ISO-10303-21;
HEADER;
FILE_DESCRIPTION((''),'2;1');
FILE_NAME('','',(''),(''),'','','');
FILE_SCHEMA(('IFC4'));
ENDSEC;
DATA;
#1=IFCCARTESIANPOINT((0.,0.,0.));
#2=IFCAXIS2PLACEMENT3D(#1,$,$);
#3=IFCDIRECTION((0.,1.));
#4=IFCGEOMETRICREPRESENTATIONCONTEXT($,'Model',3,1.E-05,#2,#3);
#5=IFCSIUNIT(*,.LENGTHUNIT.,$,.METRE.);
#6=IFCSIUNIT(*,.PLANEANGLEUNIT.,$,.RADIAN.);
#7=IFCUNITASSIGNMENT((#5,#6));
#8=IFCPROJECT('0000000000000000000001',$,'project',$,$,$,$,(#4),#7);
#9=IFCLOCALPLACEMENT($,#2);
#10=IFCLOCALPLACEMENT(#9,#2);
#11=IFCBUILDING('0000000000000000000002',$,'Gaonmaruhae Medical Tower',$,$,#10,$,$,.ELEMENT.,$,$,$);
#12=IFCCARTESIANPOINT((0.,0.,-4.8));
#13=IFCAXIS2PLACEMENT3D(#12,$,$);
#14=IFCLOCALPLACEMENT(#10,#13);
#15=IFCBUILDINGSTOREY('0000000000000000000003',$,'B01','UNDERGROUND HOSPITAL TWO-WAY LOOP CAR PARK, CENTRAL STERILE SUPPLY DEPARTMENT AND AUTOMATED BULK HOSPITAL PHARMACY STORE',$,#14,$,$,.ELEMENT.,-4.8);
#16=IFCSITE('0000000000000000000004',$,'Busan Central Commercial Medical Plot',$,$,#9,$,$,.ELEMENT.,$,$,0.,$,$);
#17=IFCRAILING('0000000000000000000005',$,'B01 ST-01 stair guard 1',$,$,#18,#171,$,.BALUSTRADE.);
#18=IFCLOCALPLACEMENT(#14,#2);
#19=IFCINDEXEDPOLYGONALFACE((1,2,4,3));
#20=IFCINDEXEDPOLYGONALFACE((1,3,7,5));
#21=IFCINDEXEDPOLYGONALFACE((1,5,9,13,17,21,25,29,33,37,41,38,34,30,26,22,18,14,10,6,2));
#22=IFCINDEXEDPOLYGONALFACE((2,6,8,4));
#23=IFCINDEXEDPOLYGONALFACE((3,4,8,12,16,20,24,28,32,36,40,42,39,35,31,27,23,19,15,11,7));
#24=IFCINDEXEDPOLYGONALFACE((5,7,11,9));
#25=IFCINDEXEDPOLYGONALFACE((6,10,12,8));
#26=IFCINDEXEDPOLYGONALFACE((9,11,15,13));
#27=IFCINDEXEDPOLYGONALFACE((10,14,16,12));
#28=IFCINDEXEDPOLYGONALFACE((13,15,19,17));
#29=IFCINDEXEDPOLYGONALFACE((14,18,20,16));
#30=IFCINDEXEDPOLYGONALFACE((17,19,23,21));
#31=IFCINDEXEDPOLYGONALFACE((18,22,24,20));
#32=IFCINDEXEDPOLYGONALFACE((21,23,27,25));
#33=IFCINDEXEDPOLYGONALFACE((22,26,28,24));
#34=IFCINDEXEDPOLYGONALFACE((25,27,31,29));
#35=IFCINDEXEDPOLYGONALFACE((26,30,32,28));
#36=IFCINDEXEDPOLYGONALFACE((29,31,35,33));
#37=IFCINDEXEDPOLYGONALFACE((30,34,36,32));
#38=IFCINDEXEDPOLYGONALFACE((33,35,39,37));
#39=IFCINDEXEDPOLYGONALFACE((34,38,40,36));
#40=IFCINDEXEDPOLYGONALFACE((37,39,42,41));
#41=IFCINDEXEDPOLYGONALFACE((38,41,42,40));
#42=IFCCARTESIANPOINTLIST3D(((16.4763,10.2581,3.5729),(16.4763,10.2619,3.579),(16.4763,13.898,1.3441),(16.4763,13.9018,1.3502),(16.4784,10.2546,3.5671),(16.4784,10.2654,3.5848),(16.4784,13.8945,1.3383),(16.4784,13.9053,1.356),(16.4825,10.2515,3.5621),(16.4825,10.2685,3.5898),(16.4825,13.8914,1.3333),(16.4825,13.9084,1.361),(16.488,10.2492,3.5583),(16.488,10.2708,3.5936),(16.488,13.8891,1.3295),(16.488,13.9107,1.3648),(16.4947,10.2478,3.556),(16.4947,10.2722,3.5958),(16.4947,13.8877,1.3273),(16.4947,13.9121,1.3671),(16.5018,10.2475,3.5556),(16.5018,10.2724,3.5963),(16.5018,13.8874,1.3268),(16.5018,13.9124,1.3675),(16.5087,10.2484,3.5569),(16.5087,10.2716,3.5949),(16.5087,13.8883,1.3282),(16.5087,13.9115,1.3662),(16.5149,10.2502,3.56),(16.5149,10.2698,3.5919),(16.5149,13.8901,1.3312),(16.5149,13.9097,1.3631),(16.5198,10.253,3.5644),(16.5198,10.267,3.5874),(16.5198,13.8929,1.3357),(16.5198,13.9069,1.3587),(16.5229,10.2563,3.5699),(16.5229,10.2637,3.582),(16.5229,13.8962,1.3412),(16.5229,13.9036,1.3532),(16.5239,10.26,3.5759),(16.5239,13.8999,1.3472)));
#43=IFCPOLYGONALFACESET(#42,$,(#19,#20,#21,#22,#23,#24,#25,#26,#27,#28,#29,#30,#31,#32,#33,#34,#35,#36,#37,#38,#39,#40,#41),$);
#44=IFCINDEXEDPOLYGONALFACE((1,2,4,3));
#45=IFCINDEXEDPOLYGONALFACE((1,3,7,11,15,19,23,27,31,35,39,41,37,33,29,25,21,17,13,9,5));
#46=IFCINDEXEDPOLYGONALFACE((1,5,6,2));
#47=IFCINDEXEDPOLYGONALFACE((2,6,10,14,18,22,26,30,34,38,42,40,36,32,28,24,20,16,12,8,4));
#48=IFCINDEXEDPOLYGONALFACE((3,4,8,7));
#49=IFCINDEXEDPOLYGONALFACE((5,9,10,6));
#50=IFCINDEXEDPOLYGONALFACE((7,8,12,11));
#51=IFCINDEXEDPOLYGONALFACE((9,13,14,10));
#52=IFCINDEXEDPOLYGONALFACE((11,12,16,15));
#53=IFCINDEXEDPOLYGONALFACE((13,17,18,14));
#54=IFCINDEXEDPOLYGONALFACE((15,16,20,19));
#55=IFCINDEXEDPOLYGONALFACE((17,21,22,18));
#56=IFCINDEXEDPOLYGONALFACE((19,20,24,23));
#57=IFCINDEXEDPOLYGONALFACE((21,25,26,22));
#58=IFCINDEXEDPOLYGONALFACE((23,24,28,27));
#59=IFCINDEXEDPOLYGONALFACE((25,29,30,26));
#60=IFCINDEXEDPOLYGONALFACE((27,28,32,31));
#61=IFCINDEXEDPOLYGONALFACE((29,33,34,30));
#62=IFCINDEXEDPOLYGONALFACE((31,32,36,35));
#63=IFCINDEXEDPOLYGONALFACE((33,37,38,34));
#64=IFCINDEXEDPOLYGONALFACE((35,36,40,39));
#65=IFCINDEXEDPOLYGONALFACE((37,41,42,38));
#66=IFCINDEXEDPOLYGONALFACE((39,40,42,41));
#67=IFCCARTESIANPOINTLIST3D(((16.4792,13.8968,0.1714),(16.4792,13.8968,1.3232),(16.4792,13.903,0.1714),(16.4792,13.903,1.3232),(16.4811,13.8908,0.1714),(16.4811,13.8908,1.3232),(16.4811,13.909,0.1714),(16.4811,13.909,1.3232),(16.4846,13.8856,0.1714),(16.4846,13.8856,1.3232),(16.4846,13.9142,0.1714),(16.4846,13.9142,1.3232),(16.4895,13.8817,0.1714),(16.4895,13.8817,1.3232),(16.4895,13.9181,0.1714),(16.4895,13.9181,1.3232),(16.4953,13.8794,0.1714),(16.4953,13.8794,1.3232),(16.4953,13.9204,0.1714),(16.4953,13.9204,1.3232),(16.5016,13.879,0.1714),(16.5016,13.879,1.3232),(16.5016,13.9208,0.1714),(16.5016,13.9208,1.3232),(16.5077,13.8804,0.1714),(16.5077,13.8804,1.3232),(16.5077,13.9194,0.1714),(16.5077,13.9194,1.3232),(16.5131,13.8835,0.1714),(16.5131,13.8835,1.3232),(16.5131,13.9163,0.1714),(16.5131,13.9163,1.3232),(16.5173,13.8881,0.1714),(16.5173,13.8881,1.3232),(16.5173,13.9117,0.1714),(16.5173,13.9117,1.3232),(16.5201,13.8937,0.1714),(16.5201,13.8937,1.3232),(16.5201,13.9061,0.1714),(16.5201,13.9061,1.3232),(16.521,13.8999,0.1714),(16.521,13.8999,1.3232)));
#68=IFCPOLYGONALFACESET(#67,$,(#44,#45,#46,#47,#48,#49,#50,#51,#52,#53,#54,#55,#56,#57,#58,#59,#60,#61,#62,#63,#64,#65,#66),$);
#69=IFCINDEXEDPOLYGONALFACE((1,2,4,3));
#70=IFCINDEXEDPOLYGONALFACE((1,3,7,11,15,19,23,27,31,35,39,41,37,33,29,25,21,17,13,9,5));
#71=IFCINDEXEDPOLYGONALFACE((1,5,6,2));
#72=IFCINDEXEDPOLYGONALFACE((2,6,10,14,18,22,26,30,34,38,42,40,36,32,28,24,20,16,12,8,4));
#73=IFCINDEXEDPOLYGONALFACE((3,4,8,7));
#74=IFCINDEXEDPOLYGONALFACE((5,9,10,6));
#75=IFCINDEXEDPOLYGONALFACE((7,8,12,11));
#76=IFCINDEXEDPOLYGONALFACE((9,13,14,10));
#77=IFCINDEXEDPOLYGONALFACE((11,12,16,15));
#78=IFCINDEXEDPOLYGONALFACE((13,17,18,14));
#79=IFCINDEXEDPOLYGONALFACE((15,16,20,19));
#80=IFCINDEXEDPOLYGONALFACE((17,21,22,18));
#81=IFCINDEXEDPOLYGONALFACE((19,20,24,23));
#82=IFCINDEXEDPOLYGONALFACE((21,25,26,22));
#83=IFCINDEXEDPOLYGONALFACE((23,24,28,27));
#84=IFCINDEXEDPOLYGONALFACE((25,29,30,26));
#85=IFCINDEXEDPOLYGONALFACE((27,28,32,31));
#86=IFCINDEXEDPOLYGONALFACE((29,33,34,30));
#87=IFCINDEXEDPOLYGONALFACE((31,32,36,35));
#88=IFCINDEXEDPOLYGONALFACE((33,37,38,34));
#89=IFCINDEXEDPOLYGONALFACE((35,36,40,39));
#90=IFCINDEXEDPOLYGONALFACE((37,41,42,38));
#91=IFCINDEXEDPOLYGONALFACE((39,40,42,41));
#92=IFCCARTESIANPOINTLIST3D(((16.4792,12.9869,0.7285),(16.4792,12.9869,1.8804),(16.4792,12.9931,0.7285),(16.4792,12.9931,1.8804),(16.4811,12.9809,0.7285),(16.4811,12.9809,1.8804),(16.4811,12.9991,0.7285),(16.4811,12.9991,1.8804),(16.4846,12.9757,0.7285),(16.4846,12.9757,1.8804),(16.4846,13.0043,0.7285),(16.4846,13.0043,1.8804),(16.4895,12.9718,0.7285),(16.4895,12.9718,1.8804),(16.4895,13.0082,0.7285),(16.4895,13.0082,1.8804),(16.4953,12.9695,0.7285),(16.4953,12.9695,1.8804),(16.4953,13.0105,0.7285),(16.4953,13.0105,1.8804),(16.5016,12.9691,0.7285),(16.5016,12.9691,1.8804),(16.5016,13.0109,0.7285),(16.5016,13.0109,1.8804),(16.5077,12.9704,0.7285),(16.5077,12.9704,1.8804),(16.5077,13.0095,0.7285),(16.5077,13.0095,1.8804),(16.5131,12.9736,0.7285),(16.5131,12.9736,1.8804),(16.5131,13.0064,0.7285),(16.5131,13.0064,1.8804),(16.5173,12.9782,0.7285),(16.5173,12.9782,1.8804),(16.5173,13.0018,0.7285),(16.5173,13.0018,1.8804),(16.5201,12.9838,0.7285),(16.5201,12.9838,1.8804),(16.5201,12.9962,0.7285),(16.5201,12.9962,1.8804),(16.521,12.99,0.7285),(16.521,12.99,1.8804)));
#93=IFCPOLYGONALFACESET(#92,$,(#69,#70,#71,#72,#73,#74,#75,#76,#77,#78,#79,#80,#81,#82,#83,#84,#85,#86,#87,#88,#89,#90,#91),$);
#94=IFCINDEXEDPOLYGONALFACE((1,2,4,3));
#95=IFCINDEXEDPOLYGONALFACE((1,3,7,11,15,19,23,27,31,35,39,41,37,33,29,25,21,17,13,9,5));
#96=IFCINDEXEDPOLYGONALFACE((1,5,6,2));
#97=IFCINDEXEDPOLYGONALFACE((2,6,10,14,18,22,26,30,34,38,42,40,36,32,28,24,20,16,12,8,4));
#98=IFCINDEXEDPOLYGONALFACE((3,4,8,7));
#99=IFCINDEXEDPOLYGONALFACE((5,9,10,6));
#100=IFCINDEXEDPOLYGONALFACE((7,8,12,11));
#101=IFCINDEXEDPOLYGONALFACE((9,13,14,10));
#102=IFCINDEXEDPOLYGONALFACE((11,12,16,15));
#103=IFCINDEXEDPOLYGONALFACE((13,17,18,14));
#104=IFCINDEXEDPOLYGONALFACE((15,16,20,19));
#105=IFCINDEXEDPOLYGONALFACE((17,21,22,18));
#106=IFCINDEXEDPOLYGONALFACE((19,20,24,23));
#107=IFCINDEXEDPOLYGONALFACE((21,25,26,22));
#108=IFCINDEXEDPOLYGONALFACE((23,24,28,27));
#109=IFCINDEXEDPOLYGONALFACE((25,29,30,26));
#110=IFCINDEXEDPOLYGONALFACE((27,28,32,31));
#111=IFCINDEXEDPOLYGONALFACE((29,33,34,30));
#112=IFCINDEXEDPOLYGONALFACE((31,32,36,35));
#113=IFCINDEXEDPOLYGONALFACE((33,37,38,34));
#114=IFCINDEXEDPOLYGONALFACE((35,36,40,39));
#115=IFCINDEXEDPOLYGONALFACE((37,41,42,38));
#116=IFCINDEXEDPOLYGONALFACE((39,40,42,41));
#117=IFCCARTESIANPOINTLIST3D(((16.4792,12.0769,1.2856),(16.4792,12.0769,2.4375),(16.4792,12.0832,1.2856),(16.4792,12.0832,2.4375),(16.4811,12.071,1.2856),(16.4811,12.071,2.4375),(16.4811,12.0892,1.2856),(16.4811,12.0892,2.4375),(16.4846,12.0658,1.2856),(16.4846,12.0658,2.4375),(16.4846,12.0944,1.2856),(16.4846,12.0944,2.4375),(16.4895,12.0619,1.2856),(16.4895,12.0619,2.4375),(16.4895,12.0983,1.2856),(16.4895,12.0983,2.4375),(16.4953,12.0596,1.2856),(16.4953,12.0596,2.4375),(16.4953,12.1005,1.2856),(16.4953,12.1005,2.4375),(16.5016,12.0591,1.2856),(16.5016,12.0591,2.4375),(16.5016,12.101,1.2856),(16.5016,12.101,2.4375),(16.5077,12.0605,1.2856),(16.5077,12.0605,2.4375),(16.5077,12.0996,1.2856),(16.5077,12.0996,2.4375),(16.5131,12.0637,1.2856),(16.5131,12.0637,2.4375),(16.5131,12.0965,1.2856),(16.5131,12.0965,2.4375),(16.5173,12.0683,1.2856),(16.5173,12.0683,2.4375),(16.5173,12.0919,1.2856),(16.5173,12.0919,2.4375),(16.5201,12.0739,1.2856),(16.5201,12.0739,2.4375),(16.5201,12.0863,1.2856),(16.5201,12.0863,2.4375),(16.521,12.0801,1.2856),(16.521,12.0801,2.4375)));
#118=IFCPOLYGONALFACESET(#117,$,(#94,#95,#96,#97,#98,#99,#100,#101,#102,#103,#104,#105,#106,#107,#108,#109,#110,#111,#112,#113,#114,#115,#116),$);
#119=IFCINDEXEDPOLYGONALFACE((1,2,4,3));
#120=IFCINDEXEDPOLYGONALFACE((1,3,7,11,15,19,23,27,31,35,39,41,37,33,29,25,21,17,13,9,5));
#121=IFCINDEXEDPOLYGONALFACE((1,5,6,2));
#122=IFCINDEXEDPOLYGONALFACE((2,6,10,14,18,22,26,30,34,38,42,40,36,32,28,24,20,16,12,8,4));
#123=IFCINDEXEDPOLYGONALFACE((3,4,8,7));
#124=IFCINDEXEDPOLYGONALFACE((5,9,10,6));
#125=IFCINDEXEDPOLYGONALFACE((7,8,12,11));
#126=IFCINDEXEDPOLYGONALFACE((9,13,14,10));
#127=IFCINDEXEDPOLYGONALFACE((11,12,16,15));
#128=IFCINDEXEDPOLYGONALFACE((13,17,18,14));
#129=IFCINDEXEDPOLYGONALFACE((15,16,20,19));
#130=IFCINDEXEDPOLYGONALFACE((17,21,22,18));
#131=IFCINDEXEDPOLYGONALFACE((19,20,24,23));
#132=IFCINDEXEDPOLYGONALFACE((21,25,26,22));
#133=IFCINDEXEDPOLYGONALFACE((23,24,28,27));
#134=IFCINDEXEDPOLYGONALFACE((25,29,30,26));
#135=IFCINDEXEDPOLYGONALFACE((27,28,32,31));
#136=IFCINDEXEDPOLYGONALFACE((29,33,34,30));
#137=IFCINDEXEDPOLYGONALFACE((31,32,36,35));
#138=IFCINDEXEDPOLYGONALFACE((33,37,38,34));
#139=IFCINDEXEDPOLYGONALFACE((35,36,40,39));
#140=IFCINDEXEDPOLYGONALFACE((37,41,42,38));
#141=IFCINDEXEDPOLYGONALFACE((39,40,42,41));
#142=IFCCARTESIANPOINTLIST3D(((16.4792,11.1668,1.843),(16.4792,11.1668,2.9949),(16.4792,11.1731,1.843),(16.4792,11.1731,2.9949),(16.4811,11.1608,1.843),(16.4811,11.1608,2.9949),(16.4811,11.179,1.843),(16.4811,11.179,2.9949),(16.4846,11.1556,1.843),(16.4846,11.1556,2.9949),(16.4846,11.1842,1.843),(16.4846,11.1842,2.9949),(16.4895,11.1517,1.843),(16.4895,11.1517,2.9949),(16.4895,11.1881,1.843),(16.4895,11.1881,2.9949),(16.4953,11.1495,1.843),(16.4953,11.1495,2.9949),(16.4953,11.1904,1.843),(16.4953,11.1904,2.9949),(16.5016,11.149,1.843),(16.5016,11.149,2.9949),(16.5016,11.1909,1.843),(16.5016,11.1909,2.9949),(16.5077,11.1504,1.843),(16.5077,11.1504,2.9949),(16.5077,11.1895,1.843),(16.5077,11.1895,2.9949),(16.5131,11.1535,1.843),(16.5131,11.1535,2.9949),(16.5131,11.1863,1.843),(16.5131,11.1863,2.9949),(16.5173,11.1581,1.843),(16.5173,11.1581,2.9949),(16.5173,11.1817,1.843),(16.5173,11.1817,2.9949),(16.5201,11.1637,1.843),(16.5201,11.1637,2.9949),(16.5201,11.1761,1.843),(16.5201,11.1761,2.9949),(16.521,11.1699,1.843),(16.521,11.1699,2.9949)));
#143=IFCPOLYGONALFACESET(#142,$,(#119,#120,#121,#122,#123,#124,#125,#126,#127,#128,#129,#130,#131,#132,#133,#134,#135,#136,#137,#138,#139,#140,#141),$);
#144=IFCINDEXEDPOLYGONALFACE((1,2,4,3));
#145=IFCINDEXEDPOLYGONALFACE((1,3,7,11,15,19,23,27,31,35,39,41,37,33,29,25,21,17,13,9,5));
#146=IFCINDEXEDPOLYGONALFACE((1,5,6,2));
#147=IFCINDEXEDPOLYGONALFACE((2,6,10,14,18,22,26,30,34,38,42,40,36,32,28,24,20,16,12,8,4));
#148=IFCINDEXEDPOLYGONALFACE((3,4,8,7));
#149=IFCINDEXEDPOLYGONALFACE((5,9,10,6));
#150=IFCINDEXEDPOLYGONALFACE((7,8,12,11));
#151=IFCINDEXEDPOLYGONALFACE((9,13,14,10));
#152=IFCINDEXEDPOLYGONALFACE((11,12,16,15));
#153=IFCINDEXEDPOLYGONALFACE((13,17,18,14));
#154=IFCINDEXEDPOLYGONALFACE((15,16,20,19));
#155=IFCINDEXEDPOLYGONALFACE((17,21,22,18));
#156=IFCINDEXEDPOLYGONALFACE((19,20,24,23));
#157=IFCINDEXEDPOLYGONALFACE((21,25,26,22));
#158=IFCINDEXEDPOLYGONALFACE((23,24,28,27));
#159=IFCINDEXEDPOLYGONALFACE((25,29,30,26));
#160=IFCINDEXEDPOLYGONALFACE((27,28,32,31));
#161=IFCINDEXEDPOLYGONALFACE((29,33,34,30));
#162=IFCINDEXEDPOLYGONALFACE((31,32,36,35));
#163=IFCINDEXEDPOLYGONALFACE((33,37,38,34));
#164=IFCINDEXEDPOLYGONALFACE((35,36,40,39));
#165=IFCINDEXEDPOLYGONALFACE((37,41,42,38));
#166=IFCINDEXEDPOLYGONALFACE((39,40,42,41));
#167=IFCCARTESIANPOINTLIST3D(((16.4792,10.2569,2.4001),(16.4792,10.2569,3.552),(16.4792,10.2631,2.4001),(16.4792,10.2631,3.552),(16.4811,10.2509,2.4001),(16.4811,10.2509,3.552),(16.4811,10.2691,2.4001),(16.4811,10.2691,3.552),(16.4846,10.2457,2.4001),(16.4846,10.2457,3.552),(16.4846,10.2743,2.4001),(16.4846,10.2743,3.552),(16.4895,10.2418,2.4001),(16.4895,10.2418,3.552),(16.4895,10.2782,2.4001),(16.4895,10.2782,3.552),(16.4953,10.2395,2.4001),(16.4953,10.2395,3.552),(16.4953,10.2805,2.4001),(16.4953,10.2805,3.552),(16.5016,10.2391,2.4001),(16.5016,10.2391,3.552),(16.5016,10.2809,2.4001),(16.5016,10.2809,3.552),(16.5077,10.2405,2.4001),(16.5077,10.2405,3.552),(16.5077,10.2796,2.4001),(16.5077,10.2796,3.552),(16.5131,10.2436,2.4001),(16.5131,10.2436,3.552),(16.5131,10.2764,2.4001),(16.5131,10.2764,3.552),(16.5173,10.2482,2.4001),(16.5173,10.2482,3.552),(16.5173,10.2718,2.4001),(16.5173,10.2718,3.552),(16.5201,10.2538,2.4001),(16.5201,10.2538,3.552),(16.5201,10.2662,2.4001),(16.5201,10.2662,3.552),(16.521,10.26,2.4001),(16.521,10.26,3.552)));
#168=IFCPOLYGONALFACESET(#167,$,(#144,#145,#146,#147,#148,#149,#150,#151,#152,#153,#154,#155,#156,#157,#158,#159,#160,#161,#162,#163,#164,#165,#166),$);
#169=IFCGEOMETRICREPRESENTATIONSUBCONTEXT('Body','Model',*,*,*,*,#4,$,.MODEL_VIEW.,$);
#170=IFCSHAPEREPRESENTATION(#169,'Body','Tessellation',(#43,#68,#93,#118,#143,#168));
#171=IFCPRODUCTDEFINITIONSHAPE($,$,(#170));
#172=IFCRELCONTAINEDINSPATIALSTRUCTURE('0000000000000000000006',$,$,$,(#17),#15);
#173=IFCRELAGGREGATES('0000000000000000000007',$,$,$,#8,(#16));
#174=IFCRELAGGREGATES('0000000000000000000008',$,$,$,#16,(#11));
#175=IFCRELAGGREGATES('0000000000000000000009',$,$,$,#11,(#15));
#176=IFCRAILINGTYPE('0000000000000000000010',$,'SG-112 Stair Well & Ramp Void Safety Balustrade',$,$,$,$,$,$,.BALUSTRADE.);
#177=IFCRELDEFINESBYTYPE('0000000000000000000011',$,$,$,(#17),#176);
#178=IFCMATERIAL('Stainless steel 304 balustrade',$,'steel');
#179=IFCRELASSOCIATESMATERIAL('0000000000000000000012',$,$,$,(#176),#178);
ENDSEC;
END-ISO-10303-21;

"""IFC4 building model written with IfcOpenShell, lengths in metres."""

from ifc_helpers import new_model, si_unit, direction, frame, origin, origin_2d, place, context, subcontext, project, spatial, circle, extrude, material, type_object, element, save


model = new_model("IFC4")

# Units and contexts
model_context = context("Model", 3, precision=1e-05, world=origin(), true_north=direction((0.0, 1.0)))
body_context = subcontext(model_context, "Body", "Model", "MODEL_VIEW")
ifc_project = project(units=[si_unit("LENGTHUNIT", "METRE"), si_unit("PLANEANGLEUNIT", "RADIAN")], contexts=[model_context])

# Site, building, storey
site_placement = place(None, origin())
site = spatial("IfcSite", under=ifc_project, at=site_placement, Name="Busan Central Commercial Medical Plot", CompositionType="ELEMENT", RefElevation=0.0)
building_placement = place(site_placement, origin())
building = spatial("IfcBuilding", under=site, at=building_placement, Name="Gaonmaruhae Medical Tower", CompositionType="ELEMENT")
storey_placement = place(building_placement, frame((0.0, 0.0, -4.8)))
storey = spatial("IfcBuildingStorey", under=building, at=storey_placement, Name="B01", Description="UNDERGROUND HOSPITAL TWO-WAY LOOP CAR PARK, CENTRAL STERILE SUPPLY DEPARTMENT AND AUTOMATED BULK HOSPITAL PHARMACY STORE", CompositionType="ELEMENT", Elevation=-4.8)

# Railing
ifc_material_1 = material(Name="Stainless steel 304 balustrade", Category="steel")
railing_type_1 = type_object("IfcRailingType", Name="SG-112 Stair Well & Ramp Void Safety Balustrade", PredefinedType="BALUSTRADE", material=ifc_material_1)
railing_1_placement = place(storey_placement, frame((16.5, 13.8999, 0.1714)))
element("IfcRailing", 1, at=railing_1_placement, inside=storey, type_object=railing_type_1, Name="B01 ST-01 stair guard 1", PredefinedType="BALUSTRADE", context=body_context, shape_type="SweptSolid", body=[
    extrude(circle(Radius=0.0239, at=origin_2d()), frame((0.0, 0.0, 1.1758), z_axis=(0.0, -0.852825, 0.522197), x_axis=(1.0, 0.0, 0.0)), (0.0, 0.0, 1.0), 4.2681),
    extrude(circle(Radius=0.021, at=origin_2d()), origin(), (0.0, 0.0, 1.0), 1.1519),
    extrude(circle(Radius=0.021, at=origin_2d()), frame((0.0, -0.9099, 0.5571)), (0.0, 0.0, 1.0), 1.1519),
    extrude(circle(Radius=0.021, at=origin_2d()), frame((0.0, -1.8198, 1.1143)), (0.0, 0.0, 1.0), 1.1519),
    extrude(circle(Radius=0.021, at=origin_2d()), frame((0.0, -2.73, 1.6716)), (0.0, 0.0, 1.0), 1.1519),
    extrude(circle(Radius=0.021, at=origin_2d()), frame((0.0, -3.6399, 2.2288)), (0.0, 0.0, 1.0), 1.1519),
])

save(model, "model.ifc")
